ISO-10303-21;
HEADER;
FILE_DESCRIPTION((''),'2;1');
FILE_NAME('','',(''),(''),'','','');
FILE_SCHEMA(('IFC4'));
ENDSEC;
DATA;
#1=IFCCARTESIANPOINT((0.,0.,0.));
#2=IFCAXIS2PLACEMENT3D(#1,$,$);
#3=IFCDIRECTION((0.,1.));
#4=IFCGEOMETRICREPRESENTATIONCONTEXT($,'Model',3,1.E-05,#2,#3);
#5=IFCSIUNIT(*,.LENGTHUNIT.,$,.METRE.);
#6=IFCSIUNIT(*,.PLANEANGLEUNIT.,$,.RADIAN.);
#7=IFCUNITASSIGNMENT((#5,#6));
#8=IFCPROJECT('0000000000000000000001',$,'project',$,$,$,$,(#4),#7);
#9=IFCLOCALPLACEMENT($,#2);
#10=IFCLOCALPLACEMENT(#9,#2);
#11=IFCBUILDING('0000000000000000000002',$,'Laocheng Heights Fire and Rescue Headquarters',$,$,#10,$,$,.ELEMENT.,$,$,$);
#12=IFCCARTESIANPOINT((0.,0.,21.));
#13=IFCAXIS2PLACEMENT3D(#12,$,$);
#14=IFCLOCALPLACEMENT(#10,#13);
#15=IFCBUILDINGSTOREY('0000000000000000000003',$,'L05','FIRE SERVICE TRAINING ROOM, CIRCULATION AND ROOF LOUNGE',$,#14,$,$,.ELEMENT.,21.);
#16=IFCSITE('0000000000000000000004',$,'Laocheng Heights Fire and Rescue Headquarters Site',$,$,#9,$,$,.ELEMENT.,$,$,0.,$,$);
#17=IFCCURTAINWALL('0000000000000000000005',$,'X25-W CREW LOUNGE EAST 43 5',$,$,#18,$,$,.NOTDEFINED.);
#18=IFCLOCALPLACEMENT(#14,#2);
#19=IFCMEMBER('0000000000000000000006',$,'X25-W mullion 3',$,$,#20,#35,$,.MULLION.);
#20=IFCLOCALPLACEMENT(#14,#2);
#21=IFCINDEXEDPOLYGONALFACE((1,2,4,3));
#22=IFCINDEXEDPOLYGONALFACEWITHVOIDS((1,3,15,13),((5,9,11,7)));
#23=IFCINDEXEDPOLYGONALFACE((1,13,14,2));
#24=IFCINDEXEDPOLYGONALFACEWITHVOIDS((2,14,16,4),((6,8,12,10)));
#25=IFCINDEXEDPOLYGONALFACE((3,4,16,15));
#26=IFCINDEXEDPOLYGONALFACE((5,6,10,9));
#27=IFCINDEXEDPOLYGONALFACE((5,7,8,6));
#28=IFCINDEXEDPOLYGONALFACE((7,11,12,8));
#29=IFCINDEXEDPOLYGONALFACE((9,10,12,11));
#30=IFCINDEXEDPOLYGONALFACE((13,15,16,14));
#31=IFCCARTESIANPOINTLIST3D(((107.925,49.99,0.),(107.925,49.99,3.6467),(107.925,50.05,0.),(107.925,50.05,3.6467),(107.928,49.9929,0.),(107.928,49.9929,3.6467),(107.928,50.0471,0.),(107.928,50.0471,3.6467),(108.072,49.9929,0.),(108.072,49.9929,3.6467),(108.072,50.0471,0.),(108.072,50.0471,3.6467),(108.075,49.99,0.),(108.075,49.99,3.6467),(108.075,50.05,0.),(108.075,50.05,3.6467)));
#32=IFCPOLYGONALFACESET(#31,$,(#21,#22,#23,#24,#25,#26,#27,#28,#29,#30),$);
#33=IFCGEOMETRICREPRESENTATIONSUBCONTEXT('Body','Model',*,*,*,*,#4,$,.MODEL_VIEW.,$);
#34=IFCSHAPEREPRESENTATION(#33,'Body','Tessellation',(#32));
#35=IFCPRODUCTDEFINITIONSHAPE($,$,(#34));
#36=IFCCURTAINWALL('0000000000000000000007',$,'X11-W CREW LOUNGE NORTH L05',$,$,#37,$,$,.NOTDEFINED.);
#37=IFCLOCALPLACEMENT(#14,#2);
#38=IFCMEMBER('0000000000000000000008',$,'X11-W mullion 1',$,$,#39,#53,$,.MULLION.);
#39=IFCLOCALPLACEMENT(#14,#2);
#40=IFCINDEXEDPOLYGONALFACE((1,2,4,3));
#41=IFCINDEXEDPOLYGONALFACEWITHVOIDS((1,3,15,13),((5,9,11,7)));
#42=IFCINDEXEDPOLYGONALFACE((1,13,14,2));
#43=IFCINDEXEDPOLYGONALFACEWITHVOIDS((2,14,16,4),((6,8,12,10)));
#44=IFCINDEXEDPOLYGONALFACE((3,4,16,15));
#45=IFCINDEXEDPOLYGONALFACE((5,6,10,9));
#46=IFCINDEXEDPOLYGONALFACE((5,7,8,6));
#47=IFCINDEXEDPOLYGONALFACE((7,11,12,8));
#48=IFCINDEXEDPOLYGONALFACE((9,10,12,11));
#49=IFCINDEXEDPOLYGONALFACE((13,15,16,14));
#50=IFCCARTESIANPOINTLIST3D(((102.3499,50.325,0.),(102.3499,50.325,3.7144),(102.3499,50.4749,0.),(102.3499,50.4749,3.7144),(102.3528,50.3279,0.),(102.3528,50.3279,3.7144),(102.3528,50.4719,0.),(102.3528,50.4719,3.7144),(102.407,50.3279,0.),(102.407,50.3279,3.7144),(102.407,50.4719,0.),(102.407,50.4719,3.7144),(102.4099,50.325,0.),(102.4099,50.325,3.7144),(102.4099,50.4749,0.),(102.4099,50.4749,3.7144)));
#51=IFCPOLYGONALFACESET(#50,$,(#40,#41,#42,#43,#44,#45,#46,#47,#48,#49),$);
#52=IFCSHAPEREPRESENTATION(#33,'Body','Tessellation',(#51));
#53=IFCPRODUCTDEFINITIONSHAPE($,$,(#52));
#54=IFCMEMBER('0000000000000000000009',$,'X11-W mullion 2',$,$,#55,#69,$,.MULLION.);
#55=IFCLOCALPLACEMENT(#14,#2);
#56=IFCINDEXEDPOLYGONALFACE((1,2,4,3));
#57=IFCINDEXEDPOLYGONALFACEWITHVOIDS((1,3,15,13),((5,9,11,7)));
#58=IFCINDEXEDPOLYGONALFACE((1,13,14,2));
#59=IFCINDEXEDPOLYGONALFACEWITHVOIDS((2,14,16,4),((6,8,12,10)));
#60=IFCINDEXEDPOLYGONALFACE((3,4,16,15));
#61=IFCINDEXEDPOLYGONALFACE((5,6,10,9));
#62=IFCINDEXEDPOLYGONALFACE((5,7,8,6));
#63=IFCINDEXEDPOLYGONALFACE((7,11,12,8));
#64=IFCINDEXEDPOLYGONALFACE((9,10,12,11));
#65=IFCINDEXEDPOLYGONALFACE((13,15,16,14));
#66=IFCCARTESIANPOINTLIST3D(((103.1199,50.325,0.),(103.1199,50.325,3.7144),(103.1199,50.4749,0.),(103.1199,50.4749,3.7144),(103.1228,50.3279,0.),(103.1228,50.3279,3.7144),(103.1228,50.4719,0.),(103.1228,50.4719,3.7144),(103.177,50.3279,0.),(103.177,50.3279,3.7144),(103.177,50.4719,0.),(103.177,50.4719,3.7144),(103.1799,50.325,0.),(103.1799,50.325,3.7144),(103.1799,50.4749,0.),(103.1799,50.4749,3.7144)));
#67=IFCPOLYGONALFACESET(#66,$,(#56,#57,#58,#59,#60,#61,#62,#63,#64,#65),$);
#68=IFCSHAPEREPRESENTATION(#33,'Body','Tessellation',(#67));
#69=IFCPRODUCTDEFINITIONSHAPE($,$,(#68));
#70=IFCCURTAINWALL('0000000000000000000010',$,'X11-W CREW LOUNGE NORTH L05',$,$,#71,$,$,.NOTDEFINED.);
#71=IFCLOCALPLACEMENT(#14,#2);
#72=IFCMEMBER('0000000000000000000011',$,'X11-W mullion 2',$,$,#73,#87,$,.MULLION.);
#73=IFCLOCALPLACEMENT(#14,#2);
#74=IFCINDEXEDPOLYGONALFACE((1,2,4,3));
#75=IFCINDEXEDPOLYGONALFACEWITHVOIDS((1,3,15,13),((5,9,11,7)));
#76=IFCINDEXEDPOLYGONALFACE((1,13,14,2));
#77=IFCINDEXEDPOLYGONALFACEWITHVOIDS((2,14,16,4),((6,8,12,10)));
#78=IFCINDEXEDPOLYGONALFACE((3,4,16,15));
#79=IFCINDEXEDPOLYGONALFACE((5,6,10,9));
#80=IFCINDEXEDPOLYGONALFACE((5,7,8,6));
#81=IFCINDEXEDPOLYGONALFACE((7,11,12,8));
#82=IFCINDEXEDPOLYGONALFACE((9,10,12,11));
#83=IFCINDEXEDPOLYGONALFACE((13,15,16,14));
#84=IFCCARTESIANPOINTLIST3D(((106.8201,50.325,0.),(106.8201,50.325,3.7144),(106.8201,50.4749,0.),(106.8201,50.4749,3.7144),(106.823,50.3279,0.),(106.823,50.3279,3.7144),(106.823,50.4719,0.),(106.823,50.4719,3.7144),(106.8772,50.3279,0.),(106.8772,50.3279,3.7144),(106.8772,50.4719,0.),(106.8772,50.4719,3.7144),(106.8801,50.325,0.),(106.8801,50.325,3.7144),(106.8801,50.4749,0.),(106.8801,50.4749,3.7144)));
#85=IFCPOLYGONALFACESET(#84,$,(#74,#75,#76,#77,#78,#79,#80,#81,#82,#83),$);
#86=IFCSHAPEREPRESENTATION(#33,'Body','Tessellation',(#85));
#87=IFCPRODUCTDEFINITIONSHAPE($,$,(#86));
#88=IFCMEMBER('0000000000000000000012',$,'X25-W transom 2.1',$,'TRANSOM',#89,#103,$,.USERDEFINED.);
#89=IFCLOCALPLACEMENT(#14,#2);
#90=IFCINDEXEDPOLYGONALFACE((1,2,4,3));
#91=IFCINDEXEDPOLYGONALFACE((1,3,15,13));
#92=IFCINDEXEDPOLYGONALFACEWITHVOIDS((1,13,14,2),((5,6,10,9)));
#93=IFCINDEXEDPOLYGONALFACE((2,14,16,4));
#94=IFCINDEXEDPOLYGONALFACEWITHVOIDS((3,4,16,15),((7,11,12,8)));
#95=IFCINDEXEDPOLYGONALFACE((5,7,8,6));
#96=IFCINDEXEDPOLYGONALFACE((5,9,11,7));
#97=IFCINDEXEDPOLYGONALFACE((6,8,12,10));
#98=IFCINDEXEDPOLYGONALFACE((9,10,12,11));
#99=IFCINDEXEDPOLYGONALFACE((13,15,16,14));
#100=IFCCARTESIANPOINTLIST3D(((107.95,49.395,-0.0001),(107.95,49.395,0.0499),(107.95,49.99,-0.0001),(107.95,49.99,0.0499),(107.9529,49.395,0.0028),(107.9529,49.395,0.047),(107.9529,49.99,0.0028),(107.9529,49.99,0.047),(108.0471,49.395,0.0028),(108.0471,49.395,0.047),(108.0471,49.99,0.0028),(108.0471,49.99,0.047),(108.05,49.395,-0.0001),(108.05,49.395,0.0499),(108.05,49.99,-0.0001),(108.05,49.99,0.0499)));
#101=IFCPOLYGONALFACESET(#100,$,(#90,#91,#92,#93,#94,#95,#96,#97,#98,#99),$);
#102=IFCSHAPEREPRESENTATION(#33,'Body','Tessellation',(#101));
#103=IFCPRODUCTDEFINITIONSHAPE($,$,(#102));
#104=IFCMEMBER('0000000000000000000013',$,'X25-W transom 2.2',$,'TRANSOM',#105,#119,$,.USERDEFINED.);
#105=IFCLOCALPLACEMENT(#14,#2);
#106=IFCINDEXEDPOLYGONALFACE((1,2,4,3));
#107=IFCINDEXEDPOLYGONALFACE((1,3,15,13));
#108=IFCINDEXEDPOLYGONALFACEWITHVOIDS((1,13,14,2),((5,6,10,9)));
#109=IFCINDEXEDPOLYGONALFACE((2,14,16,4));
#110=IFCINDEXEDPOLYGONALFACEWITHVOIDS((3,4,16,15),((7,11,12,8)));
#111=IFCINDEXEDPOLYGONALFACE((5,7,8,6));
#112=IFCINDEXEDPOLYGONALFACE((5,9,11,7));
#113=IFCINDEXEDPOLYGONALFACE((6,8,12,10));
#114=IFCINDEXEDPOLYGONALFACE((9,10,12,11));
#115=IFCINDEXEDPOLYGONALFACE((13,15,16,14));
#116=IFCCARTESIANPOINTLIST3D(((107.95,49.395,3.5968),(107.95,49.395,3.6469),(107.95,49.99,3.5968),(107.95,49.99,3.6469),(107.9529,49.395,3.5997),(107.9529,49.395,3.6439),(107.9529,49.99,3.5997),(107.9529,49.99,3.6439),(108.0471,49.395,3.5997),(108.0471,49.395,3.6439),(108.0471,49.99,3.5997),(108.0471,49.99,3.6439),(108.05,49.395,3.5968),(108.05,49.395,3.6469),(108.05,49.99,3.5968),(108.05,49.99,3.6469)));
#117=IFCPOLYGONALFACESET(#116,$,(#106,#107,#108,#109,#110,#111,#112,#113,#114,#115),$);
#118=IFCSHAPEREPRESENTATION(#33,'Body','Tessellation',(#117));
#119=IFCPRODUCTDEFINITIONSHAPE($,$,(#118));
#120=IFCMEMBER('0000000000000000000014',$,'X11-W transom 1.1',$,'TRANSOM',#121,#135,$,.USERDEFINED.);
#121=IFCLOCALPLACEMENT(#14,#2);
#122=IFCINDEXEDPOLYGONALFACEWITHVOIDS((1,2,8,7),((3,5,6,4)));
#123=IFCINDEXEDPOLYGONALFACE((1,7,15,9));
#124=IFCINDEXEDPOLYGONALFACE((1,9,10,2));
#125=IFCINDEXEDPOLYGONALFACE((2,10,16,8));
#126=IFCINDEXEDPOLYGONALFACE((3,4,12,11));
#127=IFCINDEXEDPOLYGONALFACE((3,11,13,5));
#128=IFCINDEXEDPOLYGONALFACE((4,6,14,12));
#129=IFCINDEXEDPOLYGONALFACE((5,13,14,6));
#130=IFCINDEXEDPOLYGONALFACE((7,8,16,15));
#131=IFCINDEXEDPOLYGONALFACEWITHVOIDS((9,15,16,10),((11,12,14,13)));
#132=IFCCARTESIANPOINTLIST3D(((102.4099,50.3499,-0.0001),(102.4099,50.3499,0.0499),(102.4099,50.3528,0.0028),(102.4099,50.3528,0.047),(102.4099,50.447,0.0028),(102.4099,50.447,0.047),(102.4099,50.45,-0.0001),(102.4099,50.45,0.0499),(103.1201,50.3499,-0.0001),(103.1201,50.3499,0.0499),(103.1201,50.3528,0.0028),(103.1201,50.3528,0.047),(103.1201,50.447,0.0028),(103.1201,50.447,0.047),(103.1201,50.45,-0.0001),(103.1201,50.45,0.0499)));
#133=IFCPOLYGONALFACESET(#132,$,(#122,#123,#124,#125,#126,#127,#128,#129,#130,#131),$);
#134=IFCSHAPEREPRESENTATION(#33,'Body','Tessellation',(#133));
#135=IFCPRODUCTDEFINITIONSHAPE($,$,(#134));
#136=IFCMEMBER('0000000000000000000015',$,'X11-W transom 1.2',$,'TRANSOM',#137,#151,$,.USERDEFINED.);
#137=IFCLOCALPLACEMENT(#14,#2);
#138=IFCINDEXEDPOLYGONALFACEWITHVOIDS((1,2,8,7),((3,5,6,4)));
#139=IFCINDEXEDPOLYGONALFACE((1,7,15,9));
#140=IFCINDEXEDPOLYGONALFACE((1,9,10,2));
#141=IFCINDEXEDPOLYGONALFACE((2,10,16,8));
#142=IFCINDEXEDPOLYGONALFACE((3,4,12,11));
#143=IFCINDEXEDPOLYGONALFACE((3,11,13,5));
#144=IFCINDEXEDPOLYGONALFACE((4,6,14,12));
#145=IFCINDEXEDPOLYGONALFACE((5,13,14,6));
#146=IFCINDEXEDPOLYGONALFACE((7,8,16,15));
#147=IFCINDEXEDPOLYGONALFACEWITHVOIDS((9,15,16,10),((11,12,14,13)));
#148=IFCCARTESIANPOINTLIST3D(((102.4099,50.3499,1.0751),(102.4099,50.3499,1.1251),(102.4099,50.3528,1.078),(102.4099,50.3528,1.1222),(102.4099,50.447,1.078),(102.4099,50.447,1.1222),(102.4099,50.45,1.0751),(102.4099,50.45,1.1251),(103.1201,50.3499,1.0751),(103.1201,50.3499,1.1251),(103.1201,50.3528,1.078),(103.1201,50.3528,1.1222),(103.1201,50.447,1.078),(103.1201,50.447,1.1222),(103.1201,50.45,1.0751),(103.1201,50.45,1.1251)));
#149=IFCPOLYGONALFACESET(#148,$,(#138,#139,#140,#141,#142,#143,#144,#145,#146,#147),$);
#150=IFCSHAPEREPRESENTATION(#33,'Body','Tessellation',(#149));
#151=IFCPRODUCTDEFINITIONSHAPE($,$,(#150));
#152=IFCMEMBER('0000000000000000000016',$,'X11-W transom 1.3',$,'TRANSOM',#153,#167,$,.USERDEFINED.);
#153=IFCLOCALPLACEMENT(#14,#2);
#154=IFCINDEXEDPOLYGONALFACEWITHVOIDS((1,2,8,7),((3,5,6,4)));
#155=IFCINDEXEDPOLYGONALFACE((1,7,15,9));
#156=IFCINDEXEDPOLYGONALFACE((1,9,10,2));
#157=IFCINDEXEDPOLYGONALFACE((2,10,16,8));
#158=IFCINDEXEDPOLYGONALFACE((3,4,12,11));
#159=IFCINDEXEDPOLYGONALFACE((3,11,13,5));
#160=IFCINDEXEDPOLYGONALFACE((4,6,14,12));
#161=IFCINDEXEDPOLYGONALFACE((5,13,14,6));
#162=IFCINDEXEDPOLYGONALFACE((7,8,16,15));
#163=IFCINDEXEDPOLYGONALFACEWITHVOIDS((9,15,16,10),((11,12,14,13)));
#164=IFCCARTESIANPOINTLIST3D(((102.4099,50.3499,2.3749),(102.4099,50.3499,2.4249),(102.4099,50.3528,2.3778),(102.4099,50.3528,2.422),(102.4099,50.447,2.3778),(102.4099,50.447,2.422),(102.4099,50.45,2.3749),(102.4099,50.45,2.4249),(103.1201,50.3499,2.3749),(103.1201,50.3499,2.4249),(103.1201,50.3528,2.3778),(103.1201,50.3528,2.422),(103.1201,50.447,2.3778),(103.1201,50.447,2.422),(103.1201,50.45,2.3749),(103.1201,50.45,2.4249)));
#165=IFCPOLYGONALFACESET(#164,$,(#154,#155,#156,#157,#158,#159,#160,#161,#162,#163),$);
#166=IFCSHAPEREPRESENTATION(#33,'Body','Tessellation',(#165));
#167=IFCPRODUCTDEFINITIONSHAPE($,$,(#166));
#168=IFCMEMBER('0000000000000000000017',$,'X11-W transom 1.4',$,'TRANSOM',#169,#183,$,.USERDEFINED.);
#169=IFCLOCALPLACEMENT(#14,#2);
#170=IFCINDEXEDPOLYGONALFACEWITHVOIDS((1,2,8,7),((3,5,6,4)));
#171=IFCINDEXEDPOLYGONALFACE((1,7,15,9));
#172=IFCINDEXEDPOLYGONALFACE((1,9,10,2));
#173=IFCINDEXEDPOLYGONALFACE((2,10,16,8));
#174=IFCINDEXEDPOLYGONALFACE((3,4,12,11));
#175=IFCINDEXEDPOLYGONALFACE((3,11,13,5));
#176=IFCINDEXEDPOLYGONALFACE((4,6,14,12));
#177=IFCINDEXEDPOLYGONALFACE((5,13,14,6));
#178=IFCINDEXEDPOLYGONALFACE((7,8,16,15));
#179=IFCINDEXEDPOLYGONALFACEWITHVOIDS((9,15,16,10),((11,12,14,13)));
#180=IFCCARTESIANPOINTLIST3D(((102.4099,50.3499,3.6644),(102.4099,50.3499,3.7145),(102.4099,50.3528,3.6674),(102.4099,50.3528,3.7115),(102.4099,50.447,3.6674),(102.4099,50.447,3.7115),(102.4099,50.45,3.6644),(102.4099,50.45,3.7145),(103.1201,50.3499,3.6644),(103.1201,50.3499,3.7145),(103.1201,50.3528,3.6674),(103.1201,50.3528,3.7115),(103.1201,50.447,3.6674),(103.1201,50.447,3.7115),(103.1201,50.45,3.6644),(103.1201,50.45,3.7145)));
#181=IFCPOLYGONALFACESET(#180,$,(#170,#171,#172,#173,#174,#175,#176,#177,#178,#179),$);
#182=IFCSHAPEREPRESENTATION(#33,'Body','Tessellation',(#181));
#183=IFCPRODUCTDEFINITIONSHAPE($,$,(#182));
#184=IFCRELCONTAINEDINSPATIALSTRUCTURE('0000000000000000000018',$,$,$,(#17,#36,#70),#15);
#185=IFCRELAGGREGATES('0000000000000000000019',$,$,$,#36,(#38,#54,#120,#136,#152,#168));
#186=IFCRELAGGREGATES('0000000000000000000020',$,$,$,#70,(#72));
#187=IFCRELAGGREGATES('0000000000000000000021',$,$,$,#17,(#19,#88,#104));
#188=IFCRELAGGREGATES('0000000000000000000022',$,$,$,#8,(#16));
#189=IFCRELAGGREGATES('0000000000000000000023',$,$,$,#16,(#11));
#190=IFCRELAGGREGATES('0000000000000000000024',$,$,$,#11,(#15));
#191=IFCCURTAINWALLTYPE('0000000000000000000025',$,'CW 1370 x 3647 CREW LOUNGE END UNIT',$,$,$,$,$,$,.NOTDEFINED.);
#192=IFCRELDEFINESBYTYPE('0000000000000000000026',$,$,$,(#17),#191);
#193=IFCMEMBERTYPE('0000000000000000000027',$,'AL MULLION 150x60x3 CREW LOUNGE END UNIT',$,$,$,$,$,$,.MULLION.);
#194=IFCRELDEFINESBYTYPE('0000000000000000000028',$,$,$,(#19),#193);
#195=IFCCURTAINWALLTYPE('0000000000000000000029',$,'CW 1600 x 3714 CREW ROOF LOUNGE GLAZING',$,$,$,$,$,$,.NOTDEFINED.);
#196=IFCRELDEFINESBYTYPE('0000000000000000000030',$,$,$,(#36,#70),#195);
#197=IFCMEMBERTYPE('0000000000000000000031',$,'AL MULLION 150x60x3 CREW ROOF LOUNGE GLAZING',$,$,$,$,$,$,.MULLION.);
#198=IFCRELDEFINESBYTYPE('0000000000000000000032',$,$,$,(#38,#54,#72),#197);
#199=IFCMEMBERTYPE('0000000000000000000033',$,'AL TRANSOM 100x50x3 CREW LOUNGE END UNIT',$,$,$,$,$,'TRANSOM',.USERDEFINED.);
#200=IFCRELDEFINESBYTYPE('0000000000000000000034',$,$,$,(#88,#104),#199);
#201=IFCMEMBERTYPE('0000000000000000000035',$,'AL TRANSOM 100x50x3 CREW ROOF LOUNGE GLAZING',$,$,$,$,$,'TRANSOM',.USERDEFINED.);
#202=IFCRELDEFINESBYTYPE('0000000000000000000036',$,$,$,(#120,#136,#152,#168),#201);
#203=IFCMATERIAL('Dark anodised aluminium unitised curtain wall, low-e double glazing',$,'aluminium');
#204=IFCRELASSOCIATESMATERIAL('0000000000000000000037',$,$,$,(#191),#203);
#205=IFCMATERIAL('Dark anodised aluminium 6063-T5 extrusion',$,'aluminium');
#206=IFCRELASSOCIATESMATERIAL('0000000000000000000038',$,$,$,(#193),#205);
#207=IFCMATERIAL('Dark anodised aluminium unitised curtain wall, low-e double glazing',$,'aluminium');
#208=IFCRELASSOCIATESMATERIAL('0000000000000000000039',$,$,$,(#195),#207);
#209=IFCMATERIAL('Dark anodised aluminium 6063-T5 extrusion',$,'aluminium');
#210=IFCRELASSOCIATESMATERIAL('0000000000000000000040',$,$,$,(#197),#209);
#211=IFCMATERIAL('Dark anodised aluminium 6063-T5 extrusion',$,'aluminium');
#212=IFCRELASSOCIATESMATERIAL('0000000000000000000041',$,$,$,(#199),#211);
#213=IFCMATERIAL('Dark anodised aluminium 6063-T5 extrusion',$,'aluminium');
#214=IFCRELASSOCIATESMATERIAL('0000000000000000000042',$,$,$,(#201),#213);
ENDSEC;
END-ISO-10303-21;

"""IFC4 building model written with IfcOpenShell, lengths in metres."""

from ifc_helpers import new_model, si_unit, direction, frame, origin, origin_2d, place, context, subcontext, project, spatial, hollow_rectangle, extrude, material, material_profile, profile_set, type_object, element, aggregate, save


model = new_model("IFC4")

# Units and contexts
model_context = context("Model", 3, precision=1e-05, world=origin(), true_north=direction((0.0, 1.0)))
body_context = subcontext(model_context, "Body", "Model", "MODEL_VIEW")
ifc_project = project(units=[si_unit("LENGTHUNIT", "METRE"), si_unit("PLANEANGLEUNIT", "RADIAN")], contexts=[model_context])

# Site, building, storey
site_placement = place(None, origin())
site = spatial("IfcSite", under=ifc_project, at=site_placement, Name="Laocheng Heights Fire and Rescue Headquarters Site", CompositionType="ELEMENT", RefElevation=0.0)
building_placement = place(site_placement, origin())
building = spatial("IfcBuilding", under=site, at=building_placement, Name="Laocheng Heights Fire and Rescue Headquarters", CompositionType="ELEMENT")
storey_placement = place(building_placement, frame((0.0, 0.0, 21.0)))
storey = spatial("IfcBuildingStorey", under=building, at=storey_placement, Name="L05", Description="FIRE SERVICE TRAINING ROOM, CIRCULATION AND ROOF LOUNGE", CompositionType="ELEMENT", Elevation=21.0)

# Curtain wall, member
ifc_material_1 = material(Name="Dark anodised aluminium unitised curtain wall, low-e double glazing", Category="aluminium")
curtain_wall_type_1 = type_object("IfcCurtainWallType", Name="CW 1370 x 3647 CREW LOUNGE END UNIT", PredefinedType="NOTDEFINED", material=ifc_material_1)
curtain_wall_1_placement = place(storey_placement, origin())
curtain_wall_1 = element("IfcCurtainWall", 1, at=curtain_wall_1_placement, inside=storey, type_object=curtain_wall_type_1, Name="X25-W CREW LOUNGE EAST 43 5", PredefinedType="NOTDEFINED")
ifc_material_2 = material(Name="Dark anodised aluminium 6063-T5 extrusion", Category="aluminium")
ifc_material_profile_1 = material_profile(ifc_material_2, hollow_rectangle(XDim=0.1499, YDim=0.0601, WallThickness=0.0029, at=origin_2d()), Name="AL MULLION 150x60x3 CREW LOUNGE END UNIT")
ifc_profile_set_1 = profile_set([ifc_material_profile_1], Name="Dark anodised aluminium 6063-T5 extrusion")
member_type_1 = type_object("IfcMemberType", Name="AL MULLION 150x60x3 CREW LOUNGE END UNIT", PredefinedType="MULLION", material=ifc_profile_set_1)
member_1_placement = place(storey_placement, frame((108.0, 50.02, 0.0), z_axis=(0.0, 0.0, 1.0), x_axis=(-1.0, 0.0, 0.0)))
member_1 = element("IfcMember", 2, at=member_1_placement, type_object=member_type_1, Name="X25-W mullion 3", PredefinedType="MULLION", context=body_context, shape_type="SweptSolid", body=[
    extrude(hollow_rectangle(XDim=0.1499, YDim=0.0601, WallThickness=0.0029, at=origin_2d()), origin(), (0.0, 0.0, 1.0), 3.6467),
])

# Curtain wall, members
ifc_material_3 = material(Name="Dark anodised aluminium unitised curtain wall, low-e double glazing", Category="aluminium")
curtain_wall_type_2 = type_object("IfcCurtainWallType", Name="CW 1600 x 3714 CREW ROOF LOUNGE GLAZING", PredefinedType="NOTDEFINED", material=ifc_material_3)
curtain_wall_2_placement = place(storey_placement, origin())
curtain_wall_2 = element("IfcCurtainWall", 3, at=curtain_wall_2_placement, inside=storey, type_object=curtain_wall_type_2, Name="X11-W CREW LOUNGE NORTH L05", PredefinedType="NOTDEFINED")
ifc_material_4 = material(Name="Dark anodised aluminium 6063-T5 extrusion", Category="aluminium")
ifc_material_profile_2 = material_profile(ifc_material_4, hollow_rectangle(XDim=0.1499, YDim=0.0601, WallThickness=0.0029, at=origin_2d()), Name="AL MULLION 150x60x3 CREW ROOF LOUNGE GLAZING")
ifc_profile_set_2 = profile_set([ifc_material_profile_2], Name="Dark anodised aluminium 6063-T5 extrusion")
member_type_2 = type_object("IfcMemberType", Name="AL MULLION 150x60x3 CREW ROOF LOUNGE GLAZING", PredefinedType="MULLION", material=ifc_profile_set_2)
member_2_placement = place(storey_placement, frame((102.3799, 50.3999, 0.0), z_axis=(0.0, 0.0, 1.0), x_axis=(0.0, 1.0, 0.0)))
member_2 = element("IfcMember", 4, at=member_2_placement, type_object=member_type_2, Name="X11-W mullion 1", PredefinedType="MULLION", context=body_context, shape_type="SweptSolid", body=[
    extrude(hollow_rectangle(XDim=0.1499, YDim=0.0601, WallThickness=0.0029, at=origin_2d()), origin(), (0.0, 0.0, 1.0), 3.7144),
])
member_3_placement = place(storey_placement, frame((103.1499, 50.3999, 0.0), z_axis=(0.0, 0.0, 1.0), x_axis=(0.0, 1.0, 0.0)))
member_3 = element("IfcMember", 5, at=member_3_placement, type_object=member_type_2, Name="X11-W mullion 2", PredefinedType="MULLION", context=body_context, shape_type="SweptSolid", body=[
    extrude(hollow_rectangle(XDim=0.1499, YDim=0.0601, WallThickness=0.0029, at=origin_2d()), origin(), (0.0, 0.0, 1.0), 3.7144),
])

# Curtain wall, member
curtain_wall_3_placement = place(storey_placement, origin())
curtain_wall_3 = element("IfcCurtainWall", 6, at=curtain_wall_3_placement, inside=storey, type_object=curtain_wall_type_2, Name="X11-W CREW LOUNGE NORTH L05", PredefinedType="NOTDEFINED")
member_4_placement = place(storey_placement, frame((106.8501, 50.3999, 0.0), z_axis=(0.0, 0.0, 1.0), x_axis=(0.0, 1.0, 0.0)))
member_4 = element("IfcMember", 7, at=member_4_placement, type_object=member_type_2, Name="X11-W mullion 2", PredefinedType="MULLION", context=body_context, shape_type="SweptSolid", body=[
    extrude(hollow_rectangle(XDim=0.1499, YDim=0.0601, WallThickness=0.0029, at=origin_2d()), origin(), (0.0, 0.0, 1.0), 3.7144),
])

# Members
ifc_material_5 = material(Name="Dark anodised aluminium 6063-T5 extrusion", Category="aluminium")
ifc_material_profile_3 = material_profile(ifc_material_5, hollow_rectangle(XDim=0.1001, YDim=0.05, WallThickness=0.0029, at=origin_2d()), Name="AL TRANSOM 100x50x3 CREW LOUNGE END UNIT")
ifc_profile_set_3 = profile_set([ifc_material_profile_3], Name="Dark anodised aluminium 6063-T5 extrusion")
member_type_3 = type_object("IfcMemberType", Name="AL TRANSOM 100x50x3 CREW LOUNGE END UNIT", ElementType="TRANSOM", PredefinedType="USERDEFINED", material=ifc_profile_set_3)
member_5_placement = place(storey_placement, frame((108.0, 49.395, 0.0249), z_axis=(0.0, 1.0, 0.0), x_axis=(-1.0, 0.0, 0.0)))
member_5 = element("IfcMember", 8, at=member_5_placement, type_object=member_type_3, Name="X25-W transom 2.1", ObjectType="TRANSOM", PredefinedType="USERDEFINED", context=body_context, shape_type="SweptSolid", body=[
    extrude(hollow_rectangle(XDim=0.1001, YDim=0.05, WallThickness=0.0029, at=origin_2d()), origin(), (0.0, 0.0, 1.0), 0.595),
])
member_6_placement = place(storey_placement, frame((108.0, 49.395, 3.6218), z_axis=(0.0, 1.0, 0.0), x_axis=(-1.0, 0.0, 0.0)))
member_6 = element("IfcMember", 9, at=member_6_placement, type_object=member_type_3, Name="X25-W transom 2.2", ObjectType="TRANSOM", PredefinedType="USERDEFINED", context=body_context, shape_type="SweptSolid", body=[
    extrude(hollow_rectangle(XDim=0.1001, YDim=0.05, WallThickness=0.0029, at=origin_2d()), origin(), (0.0, 0.0, 1.0), 0.595),
])
ifc_material_6 = material(Name="Dark anodised aluminium 6063-T5 extrusion", Category="aluminium")
ifc_material_profile_4 = material_profile(ifc_material_6, hollow_rectangle(XDim=0.1001, YDim=0.05, WallThickness=0.0029, at=origin_2d()), Name="AL TRANSOM 100x50x3 CREW ROOF LOUNGE GLAZING")
ifc_profile_set_4 = profile_set([ifc_material_profile_4], Name="Dark anodised aluminium 6063-T5 extrusion")
member_type_4 = type_object("IfcMemberType", Name="AL TRANSOM 100x50x3 CREW ROOF LOUNGE GLAZING", ElementType="TRANSOM", PredefinedType="USERDEFINED", material=ifc_profile_set_4)
member_7_placement = place(storey_placement, frame((102.4099, 50.3999, 0.0249), z_axis=(1.0, 0.0, 0.0), x_axis=(0.0, 1.0, 0.0)))
member_7 = element("IfcMember", 10, at=member_7_placement, type_object=member_type_4, Name="X11-W transom 1.1", ObjectType="TRANSOM", PredefinedType="USERDEFINED", context=body_context, shape_type="SweptSolid", body=[
    extrude(hollow_rectangle(XDim=0.1001, YDim=0.05, WallThickness=0.0029, at=origin_2d()), origin(), (0.0, 0.0, 1.0), 0.7102),
])
member_8_placement = place(storey_placement, frame((102.4099, 50.3999, 1.1001), z_axis=(1.0, 0.0, 0.0), x_axis=(0.0, 1.0, 0.0)))
member_8 = element("IfcMember", 11, at=member_8_placement, type_object=member_type_4, Name="X11-W transom 1.2", ObjectType="TRANSOM", PredefinedType="USERDEFINED", context=body_context, shape_type="SweptSolid", body=[
    extrude(hollow_rectangle(XDim=0.1001, YDim=0.05, WallThickness=0.0029, at=origin_2d()), origin(), (0.0, 0.0, 1.0), 0.7102),
])
member_9_placement = place(storey_placement, frame((102.4099, 50.3999, 2.3999), z_axis=(1.0, 0.0, 0.0), x_axis=(0.0, 1.0, 0.0)))
member_9 = element("IfcMember", 12, at=member_9_placement, type_object=member_type_4, Name="X11-W transom 1.3", ObjectType="TRANSOM", PredefinedType="USERDEFINED", context=body_context, shape_type="SweptSolid", body=[
    extrude(hollow_rectangle(XDim=0.1001, YDim=0.05, WallThickness=0.0029, at=origin_2d()), origin(), (0.0, 0.0, 1.0), 0.7102),
])
member_10_placement = place(storey_placement, frame((102.4099, 50.3999, 3.6895), z_axis=(1.0, 0.0, 0.0), x_axis=(0.0, 1.0, 0.0)))
member_10 = element("IfcMember", 13, at=member_10_placement, type_object=member_type_4, Name="X11-W transom 1.4", ObjectType="TRANSOM", PredefinedType="USERDEFINED", context=body_context, shape_type="SweptSolid", body=[
    extrude(hollow_rectangle(XDim=0.1001, YDim=0.05, WallThickness=0.0029, at=origin_2d()), origin(), (0.0, 0.0, 1.0), 0.7102),
])

aggregate(curtain_wall_2, [member_2, member_3, member_7, member_8, member_9, member_10])
aggregate(curtain_wall_3, [member_4])
aggregate(curtain_wall_1, [member_1, member_5, member_6])

save(model, "model.ifc")
